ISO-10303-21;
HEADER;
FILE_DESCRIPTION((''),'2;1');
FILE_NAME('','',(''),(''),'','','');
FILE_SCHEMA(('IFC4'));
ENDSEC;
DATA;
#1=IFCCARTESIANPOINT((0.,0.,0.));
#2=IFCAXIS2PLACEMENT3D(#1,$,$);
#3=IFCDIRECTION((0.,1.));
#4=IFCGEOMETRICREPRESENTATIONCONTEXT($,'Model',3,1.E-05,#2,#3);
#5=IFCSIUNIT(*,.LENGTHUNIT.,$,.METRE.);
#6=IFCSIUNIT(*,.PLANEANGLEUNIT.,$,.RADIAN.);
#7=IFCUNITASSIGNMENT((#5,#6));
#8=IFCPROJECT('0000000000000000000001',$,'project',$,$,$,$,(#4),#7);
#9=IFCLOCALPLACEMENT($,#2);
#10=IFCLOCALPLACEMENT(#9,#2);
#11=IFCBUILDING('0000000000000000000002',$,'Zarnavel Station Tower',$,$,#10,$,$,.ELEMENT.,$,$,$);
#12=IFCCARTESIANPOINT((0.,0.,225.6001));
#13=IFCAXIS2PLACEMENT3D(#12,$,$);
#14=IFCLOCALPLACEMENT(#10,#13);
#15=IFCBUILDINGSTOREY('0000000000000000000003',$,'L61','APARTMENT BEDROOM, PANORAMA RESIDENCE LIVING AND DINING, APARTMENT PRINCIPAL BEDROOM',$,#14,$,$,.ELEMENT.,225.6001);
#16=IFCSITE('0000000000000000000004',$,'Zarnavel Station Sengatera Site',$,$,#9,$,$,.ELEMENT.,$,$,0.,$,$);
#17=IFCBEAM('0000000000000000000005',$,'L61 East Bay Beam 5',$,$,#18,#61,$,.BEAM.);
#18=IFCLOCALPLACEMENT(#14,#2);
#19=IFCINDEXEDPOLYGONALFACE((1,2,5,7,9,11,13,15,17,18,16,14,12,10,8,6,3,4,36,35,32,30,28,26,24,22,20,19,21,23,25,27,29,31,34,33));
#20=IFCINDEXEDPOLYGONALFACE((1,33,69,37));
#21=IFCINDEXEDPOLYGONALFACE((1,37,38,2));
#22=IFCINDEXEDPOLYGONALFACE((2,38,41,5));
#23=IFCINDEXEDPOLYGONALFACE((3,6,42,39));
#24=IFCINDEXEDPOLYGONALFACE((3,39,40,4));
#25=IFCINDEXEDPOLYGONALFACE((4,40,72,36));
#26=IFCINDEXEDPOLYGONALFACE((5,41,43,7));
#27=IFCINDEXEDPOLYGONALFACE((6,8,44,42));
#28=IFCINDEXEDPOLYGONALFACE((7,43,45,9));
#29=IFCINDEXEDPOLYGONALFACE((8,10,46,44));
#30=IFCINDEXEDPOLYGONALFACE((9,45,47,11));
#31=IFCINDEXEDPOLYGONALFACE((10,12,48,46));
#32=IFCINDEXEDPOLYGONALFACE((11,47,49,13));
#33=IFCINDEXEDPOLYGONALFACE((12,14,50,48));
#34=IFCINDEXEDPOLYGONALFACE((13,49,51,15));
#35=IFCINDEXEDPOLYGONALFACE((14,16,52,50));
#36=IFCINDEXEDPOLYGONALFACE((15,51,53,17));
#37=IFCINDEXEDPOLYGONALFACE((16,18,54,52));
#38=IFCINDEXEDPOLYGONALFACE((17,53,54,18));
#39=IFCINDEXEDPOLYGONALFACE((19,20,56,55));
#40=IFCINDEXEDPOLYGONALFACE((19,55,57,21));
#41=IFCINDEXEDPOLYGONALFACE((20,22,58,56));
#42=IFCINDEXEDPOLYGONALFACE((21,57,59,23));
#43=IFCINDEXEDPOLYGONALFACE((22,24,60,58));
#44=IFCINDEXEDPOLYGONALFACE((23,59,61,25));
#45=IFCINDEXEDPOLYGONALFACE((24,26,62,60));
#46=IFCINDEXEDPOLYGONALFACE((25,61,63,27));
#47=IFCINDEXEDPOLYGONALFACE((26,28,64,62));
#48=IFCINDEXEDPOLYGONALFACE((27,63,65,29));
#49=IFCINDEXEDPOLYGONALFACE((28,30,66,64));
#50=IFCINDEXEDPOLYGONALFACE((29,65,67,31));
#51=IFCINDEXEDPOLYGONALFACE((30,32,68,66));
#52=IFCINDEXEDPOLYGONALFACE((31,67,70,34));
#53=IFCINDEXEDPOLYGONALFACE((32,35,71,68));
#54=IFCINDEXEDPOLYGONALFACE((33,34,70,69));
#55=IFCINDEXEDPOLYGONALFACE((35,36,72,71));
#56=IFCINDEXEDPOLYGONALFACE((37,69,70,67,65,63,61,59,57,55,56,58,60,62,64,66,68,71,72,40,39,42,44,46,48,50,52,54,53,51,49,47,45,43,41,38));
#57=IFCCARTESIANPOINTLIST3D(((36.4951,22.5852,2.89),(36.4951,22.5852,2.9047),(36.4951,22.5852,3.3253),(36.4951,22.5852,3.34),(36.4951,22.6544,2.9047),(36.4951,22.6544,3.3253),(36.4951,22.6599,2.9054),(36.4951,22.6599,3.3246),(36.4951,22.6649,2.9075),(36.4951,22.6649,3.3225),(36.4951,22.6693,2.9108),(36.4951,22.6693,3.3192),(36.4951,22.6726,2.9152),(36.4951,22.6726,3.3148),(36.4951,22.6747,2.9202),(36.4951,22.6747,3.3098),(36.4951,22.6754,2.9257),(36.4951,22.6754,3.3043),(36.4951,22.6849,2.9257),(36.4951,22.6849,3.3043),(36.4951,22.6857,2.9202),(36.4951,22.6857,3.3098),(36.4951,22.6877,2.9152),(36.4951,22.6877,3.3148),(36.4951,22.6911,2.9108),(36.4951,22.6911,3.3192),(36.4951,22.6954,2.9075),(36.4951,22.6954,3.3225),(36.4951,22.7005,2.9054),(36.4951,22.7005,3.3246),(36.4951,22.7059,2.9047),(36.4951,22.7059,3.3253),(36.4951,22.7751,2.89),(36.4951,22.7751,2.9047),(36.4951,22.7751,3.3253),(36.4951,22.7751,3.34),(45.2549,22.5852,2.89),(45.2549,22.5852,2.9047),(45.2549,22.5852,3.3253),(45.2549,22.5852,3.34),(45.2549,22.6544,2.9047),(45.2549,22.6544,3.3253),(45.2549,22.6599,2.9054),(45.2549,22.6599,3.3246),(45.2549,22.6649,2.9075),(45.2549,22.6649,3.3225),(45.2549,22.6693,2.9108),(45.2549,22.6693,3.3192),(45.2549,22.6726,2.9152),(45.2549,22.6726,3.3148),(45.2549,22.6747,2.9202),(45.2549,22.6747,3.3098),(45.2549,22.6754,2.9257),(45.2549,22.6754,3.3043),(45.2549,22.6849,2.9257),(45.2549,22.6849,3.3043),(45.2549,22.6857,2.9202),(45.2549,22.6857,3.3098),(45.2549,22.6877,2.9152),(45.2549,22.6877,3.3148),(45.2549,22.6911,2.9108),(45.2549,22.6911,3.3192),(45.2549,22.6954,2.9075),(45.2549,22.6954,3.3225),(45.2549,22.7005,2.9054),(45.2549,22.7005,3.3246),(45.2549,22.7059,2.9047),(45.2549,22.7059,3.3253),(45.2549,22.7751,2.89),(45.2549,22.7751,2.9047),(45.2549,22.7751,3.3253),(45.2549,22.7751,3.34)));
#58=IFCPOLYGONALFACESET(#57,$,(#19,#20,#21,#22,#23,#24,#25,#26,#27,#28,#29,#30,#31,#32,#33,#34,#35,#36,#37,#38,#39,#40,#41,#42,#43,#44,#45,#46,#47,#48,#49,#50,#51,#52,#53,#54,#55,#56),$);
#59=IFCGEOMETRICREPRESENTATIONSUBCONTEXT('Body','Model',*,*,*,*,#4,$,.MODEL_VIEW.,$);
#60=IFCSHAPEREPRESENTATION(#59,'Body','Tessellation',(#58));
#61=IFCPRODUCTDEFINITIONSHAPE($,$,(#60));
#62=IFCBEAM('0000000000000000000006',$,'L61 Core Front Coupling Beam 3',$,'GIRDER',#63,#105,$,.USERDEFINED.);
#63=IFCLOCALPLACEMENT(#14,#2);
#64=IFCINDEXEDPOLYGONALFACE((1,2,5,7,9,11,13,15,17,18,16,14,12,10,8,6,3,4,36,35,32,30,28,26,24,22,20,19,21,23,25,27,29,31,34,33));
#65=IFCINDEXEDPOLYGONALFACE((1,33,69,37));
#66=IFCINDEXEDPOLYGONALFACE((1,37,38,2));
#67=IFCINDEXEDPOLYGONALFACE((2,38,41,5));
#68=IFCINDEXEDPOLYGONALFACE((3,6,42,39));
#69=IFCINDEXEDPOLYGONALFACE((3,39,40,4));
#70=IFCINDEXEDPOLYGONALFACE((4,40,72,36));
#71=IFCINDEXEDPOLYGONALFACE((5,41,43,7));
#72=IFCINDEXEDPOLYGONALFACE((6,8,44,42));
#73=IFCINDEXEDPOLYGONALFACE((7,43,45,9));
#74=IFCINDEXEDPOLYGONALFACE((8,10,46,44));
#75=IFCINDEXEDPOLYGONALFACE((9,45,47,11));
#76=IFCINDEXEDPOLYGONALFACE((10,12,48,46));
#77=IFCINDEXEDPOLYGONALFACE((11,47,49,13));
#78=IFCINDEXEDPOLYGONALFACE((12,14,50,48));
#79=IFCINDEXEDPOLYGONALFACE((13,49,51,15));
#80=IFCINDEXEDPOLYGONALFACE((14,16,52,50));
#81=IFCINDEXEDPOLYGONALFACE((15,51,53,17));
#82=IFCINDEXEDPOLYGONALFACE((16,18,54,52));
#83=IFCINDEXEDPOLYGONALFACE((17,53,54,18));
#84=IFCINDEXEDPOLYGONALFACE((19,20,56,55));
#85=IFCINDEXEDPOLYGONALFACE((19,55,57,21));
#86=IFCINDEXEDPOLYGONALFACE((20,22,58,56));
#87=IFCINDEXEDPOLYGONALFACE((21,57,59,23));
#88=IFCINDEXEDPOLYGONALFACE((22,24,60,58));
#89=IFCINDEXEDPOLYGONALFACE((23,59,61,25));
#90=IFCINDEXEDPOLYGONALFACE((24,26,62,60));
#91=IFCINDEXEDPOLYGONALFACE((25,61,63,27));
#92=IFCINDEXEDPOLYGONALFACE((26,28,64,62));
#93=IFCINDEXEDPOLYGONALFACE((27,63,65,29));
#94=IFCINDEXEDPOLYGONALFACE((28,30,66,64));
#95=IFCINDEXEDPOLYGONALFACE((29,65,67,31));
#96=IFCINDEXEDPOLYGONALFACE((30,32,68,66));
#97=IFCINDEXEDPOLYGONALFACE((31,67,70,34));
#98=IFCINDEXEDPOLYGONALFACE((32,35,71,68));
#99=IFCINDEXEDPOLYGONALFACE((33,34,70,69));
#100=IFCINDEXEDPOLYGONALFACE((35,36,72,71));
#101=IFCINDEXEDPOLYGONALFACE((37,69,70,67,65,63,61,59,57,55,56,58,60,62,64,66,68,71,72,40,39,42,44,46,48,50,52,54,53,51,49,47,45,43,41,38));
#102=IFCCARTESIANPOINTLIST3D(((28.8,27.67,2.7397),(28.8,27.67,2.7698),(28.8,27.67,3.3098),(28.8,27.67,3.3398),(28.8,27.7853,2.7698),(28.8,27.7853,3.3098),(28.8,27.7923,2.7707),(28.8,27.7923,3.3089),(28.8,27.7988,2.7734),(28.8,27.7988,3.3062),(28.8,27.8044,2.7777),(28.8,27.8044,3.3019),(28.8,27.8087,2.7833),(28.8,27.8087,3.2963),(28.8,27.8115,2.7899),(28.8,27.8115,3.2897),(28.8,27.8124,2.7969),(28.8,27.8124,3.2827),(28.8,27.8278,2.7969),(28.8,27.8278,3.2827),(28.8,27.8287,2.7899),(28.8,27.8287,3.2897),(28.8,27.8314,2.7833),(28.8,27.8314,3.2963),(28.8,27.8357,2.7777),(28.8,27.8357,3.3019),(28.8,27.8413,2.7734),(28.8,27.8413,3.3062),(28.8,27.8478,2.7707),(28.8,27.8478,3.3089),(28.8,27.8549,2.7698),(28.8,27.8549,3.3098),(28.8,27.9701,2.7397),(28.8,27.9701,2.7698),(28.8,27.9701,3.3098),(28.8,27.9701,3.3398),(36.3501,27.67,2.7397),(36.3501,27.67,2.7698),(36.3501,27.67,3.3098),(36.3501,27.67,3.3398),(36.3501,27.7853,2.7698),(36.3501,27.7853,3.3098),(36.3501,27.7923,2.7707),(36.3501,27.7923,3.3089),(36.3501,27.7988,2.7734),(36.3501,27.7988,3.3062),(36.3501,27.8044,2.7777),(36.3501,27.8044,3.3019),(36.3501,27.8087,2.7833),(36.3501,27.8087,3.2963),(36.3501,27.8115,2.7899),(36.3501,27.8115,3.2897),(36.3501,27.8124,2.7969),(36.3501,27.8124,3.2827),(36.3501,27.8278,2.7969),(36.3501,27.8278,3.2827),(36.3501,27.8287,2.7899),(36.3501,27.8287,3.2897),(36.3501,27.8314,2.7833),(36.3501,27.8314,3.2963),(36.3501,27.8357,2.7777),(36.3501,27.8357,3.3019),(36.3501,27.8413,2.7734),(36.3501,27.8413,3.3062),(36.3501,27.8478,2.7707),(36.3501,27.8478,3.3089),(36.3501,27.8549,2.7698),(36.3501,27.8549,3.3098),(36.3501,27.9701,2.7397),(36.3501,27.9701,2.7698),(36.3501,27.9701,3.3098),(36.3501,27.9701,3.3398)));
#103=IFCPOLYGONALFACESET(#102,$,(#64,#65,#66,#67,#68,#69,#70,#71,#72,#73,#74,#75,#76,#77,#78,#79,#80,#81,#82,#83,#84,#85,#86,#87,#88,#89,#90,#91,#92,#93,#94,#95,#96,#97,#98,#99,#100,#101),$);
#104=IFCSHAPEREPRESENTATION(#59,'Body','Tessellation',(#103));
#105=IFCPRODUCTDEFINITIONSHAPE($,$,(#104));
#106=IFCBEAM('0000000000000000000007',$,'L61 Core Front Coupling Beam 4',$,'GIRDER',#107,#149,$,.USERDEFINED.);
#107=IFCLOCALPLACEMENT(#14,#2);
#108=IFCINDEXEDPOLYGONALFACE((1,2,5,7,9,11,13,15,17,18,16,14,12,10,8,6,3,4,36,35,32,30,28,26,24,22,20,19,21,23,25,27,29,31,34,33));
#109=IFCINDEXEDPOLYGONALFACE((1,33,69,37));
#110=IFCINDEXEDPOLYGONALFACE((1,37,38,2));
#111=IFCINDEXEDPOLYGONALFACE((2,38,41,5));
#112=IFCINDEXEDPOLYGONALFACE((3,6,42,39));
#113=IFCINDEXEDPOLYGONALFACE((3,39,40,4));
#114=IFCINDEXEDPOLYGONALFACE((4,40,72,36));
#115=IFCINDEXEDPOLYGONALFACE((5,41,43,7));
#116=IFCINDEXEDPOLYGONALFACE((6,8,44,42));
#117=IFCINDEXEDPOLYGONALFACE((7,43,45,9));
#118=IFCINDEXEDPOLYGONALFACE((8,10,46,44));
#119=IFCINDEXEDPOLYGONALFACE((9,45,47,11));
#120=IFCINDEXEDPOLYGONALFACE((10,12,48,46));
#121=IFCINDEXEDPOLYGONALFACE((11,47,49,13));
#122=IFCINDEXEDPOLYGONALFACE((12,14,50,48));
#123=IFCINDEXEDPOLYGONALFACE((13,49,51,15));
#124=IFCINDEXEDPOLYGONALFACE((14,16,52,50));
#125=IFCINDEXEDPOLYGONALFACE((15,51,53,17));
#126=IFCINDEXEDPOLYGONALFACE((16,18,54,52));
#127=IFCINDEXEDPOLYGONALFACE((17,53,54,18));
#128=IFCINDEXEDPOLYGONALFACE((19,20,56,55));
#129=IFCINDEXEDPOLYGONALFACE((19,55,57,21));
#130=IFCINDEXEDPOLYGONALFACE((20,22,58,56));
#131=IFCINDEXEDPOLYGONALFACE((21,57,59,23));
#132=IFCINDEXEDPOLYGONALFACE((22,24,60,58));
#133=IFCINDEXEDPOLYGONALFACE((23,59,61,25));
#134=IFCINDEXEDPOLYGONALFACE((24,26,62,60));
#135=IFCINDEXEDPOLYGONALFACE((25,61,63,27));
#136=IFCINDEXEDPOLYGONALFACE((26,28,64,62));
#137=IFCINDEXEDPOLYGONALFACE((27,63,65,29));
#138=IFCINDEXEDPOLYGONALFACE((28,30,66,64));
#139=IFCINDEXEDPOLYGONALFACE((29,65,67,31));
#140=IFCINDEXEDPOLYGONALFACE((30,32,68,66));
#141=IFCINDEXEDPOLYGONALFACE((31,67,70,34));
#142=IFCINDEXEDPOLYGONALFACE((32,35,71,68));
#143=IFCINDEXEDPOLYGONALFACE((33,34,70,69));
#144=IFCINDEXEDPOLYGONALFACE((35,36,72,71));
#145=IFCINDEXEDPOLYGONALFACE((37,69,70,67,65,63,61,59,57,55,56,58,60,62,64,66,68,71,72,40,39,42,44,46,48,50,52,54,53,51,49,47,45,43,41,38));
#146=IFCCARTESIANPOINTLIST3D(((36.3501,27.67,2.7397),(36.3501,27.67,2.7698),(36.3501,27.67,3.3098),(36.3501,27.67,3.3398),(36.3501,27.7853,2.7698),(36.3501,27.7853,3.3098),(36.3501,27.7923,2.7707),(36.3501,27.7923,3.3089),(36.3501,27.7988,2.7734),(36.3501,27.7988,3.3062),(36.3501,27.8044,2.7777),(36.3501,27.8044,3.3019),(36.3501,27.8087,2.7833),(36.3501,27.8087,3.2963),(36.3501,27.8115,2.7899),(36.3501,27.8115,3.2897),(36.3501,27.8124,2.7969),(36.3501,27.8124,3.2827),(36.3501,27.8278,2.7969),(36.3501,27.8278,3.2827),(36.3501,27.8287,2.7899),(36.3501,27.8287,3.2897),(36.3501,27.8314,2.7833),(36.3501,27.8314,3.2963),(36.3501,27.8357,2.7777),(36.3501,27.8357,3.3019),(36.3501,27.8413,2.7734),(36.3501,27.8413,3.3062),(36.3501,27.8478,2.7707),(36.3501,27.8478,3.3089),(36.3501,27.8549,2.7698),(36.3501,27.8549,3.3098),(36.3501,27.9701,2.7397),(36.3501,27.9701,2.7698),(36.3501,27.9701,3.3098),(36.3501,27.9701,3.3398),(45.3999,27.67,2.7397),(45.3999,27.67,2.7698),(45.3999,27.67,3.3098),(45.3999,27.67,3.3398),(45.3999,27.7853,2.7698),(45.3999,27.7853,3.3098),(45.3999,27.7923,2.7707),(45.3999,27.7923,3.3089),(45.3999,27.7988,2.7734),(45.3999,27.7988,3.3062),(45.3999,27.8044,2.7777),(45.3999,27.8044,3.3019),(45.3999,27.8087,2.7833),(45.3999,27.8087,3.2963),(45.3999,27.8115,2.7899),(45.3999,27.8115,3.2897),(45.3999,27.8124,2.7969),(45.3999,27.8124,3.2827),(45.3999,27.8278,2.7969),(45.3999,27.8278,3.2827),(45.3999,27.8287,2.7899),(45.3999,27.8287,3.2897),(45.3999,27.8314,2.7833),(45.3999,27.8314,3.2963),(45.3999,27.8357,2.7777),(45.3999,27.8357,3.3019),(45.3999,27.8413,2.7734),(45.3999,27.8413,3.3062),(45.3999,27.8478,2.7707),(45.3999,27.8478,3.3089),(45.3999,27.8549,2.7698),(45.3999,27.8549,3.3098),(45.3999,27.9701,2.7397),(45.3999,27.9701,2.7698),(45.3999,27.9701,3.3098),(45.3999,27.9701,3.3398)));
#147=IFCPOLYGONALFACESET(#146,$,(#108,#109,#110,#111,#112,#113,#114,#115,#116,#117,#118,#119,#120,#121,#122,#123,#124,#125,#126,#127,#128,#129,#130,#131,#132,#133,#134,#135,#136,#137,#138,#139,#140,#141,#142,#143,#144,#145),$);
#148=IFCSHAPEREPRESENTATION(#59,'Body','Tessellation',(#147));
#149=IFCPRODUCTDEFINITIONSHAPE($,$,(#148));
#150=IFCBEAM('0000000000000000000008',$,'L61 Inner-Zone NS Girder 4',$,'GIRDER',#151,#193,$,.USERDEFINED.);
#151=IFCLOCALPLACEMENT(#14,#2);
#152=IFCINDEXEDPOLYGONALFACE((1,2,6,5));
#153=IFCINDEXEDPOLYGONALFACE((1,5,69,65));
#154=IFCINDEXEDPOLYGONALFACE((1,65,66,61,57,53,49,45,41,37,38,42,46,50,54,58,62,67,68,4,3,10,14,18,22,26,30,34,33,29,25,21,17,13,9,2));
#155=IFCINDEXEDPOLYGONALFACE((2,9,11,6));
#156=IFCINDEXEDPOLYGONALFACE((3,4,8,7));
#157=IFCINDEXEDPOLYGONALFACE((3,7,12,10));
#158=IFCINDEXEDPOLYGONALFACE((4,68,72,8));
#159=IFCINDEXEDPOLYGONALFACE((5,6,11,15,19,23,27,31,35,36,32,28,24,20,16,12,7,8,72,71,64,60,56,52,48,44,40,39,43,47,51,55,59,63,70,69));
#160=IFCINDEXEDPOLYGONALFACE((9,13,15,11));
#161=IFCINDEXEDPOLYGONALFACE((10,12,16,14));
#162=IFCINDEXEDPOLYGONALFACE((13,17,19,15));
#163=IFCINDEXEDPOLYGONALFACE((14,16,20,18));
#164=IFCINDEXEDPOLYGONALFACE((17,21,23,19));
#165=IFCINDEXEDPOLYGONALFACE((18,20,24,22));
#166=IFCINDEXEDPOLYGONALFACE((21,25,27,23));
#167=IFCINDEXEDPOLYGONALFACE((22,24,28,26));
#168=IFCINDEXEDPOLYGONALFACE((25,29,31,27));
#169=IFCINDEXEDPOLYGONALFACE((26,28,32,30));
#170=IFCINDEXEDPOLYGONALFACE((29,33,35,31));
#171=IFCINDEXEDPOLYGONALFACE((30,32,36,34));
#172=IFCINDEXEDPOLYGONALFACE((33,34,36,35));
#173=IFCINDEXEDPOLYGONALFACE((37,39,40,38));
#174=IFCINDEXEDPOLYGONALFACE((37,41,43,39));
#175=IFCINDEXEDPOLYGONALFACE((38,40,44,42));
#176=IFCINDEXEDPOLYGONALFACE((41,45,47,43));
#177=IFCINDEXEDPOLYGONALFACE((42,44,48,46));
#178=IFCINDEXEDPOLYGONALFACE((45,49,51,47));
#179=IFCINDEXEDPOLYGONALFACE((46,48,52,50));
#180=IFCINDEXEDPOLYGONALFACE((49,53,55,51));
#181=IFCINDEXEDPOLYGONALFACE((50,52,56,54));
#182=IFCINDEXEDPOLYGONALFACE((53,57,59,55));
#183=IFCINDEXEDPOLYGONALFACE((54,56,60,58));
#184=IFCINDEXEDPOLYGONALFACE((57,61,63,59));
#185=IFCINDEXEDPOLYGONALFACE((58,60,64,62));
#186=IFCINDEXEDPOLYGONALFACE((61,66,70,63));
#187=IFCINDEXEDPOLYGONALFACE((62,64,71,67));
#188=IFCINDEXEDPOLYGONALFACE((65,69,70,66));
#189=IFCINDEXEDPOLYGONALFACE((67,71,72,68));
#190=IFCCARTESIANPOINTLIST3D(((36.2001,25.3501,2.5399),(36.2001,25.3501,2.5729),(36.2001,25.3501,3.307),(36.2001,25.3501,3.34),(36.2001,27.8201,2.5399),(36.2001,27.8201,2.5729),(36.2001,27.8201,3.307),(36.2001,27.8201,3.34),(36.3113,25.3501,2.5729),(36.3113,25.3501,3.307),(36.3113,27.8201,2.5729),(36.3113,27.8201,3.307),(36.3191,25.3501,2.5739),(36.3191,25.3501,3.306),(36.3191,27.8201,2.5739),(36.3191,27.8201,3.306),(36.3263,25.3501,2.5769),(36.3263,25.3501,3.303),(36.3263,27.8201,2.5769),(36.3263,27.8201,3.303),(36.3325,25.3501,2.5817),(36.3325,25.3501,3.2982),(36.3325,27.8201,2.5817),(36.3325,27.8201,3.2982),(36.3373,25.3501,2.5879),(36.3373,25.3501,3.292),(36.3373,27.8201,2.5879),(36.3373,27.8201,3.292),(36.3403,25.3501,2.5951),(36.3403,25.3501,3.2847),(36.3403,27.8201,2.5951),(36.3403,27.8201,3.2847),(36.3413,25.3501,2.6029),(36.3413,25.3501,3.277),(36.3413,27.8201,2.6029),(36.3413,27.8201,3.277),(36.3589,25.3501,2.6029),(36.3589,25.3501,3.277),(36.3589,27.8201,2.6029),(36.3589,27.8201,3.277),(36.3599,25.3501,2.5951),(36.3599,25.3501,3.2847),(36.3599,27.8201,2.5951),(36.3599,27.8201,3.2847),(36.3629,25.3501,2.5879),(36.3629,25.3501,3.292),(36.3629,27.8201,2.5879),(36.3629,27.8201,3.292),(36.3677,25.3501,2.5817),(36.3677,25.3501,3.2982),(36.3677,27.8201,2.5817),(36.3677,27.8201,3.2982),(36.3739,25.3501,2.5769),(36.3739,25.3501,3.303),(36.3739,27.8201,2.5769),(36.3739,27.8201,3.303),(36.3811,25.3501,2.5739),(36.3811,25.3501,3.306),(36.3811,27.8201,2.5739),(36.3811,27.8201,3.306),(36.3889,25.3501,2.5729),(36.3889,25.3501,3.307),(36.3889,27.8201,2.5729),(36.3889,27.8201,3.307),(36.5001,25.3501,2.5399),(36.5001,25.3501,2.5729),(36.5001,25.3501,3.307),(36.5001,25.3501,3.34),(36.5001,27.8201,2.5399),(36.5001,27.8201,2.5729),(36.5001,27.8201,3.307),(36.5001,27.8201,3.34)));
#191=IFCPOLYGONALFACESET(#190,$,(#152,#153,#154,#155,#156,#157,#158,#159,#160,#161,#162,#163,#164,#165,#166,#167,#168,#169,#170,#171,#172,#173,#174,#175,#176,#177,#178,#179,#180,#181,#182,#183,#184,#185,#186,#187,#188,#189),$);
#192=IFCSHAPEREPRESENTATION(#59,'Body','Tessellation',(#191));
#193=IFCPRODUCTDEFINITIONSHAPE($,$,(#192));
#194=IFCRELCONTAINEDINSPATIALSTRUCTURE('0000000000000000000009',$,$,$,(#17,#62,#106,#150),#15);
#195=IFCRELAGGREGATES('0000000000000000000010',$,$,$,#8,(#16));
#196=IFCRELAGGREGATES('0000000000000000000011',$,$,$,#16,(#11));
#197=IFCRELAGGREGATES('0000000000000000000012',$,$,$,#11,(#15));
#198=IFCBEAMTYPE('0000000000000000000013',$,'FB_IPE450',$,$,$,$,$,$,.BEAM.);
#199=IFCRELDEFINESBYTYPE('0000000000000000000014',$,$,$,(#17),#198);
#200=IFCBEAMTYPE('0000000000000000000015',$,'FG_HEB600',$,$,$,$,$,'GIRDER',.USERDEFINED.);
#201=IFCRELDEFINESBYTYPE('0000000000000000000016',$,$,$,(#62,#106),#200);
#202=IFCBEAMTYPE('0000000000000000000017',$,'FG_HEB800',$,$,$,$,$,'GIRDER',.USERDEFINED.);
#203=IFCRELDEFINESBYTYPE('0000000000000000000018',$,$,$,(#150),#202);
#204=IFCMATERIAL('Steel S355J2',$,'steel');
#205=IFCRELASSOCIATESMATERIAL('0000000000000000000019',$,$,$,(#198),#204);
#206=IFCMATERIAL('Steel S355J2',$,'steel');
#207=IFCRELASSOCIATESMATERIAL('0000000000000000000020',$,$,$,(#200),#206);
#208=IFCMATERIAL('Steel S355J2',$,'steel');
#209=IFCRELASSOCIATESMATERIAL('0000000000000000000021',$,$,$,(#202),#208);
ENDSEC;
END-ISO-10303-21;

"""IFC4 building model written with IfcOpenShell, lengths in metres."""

from ifc_helpers import new_model, si_unit, direction, frame, origin, origin_2d, place, context, subcontext, project, spatial, i_section, extrude, material, material_profile, profile_set, type_object, element, save


model = new_model("IFC4")

# Units and contexts
model_context = context("Model", 3, precision=1e-05, world=origin(), true_north=direction((0.0, 1.0)))
body_context = subcontext(model_context, "Body", "Model", "MODEL_VIEW")
ifc_project = project(units=[si_unit("LENGTHUNIT", "METRE"), si_unit("PLANEANGLEUNIT", "RADIAN")], contexts=[model_context])

# Site, building, storey
site_placement = place(None, origin())
site = spatial("IfcSite", under=ifc_project, at=site_placement, Name="Zarnavel Station Sengatera Site", CompositionType="ELEMENT", RefElevation=0.0)
building_placement = place(site_placement, origin())
building = spatial("IfcBuilding", under=site, at=building_placement, Name="Zarnavel Station Tower", CompositionType="ELEMENT")
storey_placement = place(building_placement, frame((0.0, 0.0, 225.6001)))
storey = spatial("IfcBuildingStorey", under=building, at=storey_placement, Name="L61", Description="APARTMENT BEDROOM, PANORAMA RESIDENCE LIVING AND DINING, APARTMENT PRINCIPAL BEDROOM", CompositionType="ELEMENT", Elevation=225.6001)

# Beams
ifc_material_1 = material(Name="Steel S355J2", Category="steel")
ifc_material_profile_1 = material_profile(ifc_material_1, i_section(OverallWidth=0.1899, OverallDepth=0.45, WebThickness=0.0095, FlangeThickness=0.0146, FilletRadius=0.021, at=origin_2d()), Name="IPE450")
ifc_profile_set_1 = profile_set([ifc_material_profile_1], Name="Steel S355J2")
beam_type_1 = type_object("IfcBeamType", Name="FB_IPE450", PredefinedType="BEAM", material=ifc_profile_set_1)
beam_1_placement = place(storey_placement, frame((36.4951, 22.6802, 3.115), z_axis=(1.0, 0.0, 0.0), x_axis=(0.0, 1.0, 0.0)))
element("IfcBeam", 1, at=beam_1_placement, inside=storey, type_object=beam_type_1, Name="L61 East Bay Beam 5", PredefinedType="BEAM", context=body_context, shape_type="SweptSolid", body=[
    extrude(i_section(OverallWidth=0.1899, OverallDepth=0.45, WebThickness=0.0095, FlangeThickness=0.0146, FilletRadius=0.021, at=origin_2d()), origin(), (0.0, 0.0, 1.0), 8.7598),
])
ifc_material_2 = material(Name="Steel S355J2", Category="steel")
ifc_material_profile_2 = material_profile(ifc_material_2, i_section(OverallWidth=0.3, OverallDepth=0.6001, WebThickness=0.0154, FlangeThickness=0.03, FilletRadius=0.0271, at=origin_2d()), Name="HEB600")
ifc_profile_set_2 = profile_set([ifc_material_profile_2], Name="Steel S355J2")
beam_type_2 = type_object("IfcBeamType", Name="FG_HEB600", ElementType="GIRDER", PredefinedType="USERDEFINED", material=ifc_profile_set_2)
beam_2_placement = place(storey_placement, frame((28.8, 27.8201, 3.0398), z_axis=(1.0, 0.0, 0.0), x_axis=(0.0, 1.0, 0.0)))
element("IfcBeam", 2, at=beam_2_placement, inside=storey, type_object=beam_type_2, Name="L61 Core Front Coupling Beam 3", ObjectType="GIRDER", PredefinedType="USERDEFINED", context=body_context, shape_type="SweptSolid", body=[
    extrude(i_section(OverallWidth=0.3, OverallDepth=0.6001, WebThickness=0.0154, FlangeThickness=0.03, FilletRadius=0.0271, at=origin_2d()), origin(), (0.0, 0.0, 1.0), 7.55),
])
beam_3_placement = place(storey_placement, frame((36.3501, 27.8201, 3.0398), z_axis=(1.0, 0.0, 0.0), x_axis=(0.0, 1.0, 0.0)))
element("IfcBeam", 3, at=beam_3_placement, inside=storey, type_object=beam_type_2, Name="L61 Core Front Coupling Beam 4", ObjectType="GIRDER", PredefinedType="USERDEFINED", context=body_context, shape_type="SweptSolid", body=[
    extrude(i_section(OverallWidth=0.3, OverallDepth=0.6001, WebThickness=0.0154, FlangeThickness=0.03, FilletRadius=0.0271, at=origin_2d()), origin(), (0.0, 0.0, 1.0), 9.0498),
])
ifc_material_3 = material(Name="Steel S355J2", Category="steel")
ifc_material_profile_3 = material_profile(ifc_material_3, i_section(OverallWidth=0.3, OverallDepth=0.8, WebThickness=0.0176, FlangeThickness=0.033, FilletRadius=0.03, at=origin_2d()), Name="HEB800")
ifc_profile_set_3 = profile_set([ifc_material_profile_3], Name="Steel S355J2")
beam_type_3 = type_object("IfcBeamType", Name="FG_HEB800", ElementType="GIRDER", PredefinedType="USERDEFINED", material=ifc_profile_set_3)
beam_4_placement = place(storey_placement, frame((36.3501, 25.3501, 2.9399), z_axis=(0.0, 1.0, 0.0), x_axis=(-1.0, 0.0, 0.0)))
element("IfcBeam", 4, at=beam_4_placement, inside=storey, type_object=beam_type_3, Name="L61 Inner-Zone NS Girder 4", ObjectType="GIRDER", PredefinedType="USERDEFINED", context=body_context, shape_type="SweptSolid", body=[
    extrude(i_section(OverallWidth=0.3, OverallDepth=0.8, WebThickness=0.0176, FlangeThickness=0.033, FilletRadius=0.03, at=origin_2d()), origin(), (0.0, 0.0, 1.0), 2.47),
])

save(model, "model.ifc")
